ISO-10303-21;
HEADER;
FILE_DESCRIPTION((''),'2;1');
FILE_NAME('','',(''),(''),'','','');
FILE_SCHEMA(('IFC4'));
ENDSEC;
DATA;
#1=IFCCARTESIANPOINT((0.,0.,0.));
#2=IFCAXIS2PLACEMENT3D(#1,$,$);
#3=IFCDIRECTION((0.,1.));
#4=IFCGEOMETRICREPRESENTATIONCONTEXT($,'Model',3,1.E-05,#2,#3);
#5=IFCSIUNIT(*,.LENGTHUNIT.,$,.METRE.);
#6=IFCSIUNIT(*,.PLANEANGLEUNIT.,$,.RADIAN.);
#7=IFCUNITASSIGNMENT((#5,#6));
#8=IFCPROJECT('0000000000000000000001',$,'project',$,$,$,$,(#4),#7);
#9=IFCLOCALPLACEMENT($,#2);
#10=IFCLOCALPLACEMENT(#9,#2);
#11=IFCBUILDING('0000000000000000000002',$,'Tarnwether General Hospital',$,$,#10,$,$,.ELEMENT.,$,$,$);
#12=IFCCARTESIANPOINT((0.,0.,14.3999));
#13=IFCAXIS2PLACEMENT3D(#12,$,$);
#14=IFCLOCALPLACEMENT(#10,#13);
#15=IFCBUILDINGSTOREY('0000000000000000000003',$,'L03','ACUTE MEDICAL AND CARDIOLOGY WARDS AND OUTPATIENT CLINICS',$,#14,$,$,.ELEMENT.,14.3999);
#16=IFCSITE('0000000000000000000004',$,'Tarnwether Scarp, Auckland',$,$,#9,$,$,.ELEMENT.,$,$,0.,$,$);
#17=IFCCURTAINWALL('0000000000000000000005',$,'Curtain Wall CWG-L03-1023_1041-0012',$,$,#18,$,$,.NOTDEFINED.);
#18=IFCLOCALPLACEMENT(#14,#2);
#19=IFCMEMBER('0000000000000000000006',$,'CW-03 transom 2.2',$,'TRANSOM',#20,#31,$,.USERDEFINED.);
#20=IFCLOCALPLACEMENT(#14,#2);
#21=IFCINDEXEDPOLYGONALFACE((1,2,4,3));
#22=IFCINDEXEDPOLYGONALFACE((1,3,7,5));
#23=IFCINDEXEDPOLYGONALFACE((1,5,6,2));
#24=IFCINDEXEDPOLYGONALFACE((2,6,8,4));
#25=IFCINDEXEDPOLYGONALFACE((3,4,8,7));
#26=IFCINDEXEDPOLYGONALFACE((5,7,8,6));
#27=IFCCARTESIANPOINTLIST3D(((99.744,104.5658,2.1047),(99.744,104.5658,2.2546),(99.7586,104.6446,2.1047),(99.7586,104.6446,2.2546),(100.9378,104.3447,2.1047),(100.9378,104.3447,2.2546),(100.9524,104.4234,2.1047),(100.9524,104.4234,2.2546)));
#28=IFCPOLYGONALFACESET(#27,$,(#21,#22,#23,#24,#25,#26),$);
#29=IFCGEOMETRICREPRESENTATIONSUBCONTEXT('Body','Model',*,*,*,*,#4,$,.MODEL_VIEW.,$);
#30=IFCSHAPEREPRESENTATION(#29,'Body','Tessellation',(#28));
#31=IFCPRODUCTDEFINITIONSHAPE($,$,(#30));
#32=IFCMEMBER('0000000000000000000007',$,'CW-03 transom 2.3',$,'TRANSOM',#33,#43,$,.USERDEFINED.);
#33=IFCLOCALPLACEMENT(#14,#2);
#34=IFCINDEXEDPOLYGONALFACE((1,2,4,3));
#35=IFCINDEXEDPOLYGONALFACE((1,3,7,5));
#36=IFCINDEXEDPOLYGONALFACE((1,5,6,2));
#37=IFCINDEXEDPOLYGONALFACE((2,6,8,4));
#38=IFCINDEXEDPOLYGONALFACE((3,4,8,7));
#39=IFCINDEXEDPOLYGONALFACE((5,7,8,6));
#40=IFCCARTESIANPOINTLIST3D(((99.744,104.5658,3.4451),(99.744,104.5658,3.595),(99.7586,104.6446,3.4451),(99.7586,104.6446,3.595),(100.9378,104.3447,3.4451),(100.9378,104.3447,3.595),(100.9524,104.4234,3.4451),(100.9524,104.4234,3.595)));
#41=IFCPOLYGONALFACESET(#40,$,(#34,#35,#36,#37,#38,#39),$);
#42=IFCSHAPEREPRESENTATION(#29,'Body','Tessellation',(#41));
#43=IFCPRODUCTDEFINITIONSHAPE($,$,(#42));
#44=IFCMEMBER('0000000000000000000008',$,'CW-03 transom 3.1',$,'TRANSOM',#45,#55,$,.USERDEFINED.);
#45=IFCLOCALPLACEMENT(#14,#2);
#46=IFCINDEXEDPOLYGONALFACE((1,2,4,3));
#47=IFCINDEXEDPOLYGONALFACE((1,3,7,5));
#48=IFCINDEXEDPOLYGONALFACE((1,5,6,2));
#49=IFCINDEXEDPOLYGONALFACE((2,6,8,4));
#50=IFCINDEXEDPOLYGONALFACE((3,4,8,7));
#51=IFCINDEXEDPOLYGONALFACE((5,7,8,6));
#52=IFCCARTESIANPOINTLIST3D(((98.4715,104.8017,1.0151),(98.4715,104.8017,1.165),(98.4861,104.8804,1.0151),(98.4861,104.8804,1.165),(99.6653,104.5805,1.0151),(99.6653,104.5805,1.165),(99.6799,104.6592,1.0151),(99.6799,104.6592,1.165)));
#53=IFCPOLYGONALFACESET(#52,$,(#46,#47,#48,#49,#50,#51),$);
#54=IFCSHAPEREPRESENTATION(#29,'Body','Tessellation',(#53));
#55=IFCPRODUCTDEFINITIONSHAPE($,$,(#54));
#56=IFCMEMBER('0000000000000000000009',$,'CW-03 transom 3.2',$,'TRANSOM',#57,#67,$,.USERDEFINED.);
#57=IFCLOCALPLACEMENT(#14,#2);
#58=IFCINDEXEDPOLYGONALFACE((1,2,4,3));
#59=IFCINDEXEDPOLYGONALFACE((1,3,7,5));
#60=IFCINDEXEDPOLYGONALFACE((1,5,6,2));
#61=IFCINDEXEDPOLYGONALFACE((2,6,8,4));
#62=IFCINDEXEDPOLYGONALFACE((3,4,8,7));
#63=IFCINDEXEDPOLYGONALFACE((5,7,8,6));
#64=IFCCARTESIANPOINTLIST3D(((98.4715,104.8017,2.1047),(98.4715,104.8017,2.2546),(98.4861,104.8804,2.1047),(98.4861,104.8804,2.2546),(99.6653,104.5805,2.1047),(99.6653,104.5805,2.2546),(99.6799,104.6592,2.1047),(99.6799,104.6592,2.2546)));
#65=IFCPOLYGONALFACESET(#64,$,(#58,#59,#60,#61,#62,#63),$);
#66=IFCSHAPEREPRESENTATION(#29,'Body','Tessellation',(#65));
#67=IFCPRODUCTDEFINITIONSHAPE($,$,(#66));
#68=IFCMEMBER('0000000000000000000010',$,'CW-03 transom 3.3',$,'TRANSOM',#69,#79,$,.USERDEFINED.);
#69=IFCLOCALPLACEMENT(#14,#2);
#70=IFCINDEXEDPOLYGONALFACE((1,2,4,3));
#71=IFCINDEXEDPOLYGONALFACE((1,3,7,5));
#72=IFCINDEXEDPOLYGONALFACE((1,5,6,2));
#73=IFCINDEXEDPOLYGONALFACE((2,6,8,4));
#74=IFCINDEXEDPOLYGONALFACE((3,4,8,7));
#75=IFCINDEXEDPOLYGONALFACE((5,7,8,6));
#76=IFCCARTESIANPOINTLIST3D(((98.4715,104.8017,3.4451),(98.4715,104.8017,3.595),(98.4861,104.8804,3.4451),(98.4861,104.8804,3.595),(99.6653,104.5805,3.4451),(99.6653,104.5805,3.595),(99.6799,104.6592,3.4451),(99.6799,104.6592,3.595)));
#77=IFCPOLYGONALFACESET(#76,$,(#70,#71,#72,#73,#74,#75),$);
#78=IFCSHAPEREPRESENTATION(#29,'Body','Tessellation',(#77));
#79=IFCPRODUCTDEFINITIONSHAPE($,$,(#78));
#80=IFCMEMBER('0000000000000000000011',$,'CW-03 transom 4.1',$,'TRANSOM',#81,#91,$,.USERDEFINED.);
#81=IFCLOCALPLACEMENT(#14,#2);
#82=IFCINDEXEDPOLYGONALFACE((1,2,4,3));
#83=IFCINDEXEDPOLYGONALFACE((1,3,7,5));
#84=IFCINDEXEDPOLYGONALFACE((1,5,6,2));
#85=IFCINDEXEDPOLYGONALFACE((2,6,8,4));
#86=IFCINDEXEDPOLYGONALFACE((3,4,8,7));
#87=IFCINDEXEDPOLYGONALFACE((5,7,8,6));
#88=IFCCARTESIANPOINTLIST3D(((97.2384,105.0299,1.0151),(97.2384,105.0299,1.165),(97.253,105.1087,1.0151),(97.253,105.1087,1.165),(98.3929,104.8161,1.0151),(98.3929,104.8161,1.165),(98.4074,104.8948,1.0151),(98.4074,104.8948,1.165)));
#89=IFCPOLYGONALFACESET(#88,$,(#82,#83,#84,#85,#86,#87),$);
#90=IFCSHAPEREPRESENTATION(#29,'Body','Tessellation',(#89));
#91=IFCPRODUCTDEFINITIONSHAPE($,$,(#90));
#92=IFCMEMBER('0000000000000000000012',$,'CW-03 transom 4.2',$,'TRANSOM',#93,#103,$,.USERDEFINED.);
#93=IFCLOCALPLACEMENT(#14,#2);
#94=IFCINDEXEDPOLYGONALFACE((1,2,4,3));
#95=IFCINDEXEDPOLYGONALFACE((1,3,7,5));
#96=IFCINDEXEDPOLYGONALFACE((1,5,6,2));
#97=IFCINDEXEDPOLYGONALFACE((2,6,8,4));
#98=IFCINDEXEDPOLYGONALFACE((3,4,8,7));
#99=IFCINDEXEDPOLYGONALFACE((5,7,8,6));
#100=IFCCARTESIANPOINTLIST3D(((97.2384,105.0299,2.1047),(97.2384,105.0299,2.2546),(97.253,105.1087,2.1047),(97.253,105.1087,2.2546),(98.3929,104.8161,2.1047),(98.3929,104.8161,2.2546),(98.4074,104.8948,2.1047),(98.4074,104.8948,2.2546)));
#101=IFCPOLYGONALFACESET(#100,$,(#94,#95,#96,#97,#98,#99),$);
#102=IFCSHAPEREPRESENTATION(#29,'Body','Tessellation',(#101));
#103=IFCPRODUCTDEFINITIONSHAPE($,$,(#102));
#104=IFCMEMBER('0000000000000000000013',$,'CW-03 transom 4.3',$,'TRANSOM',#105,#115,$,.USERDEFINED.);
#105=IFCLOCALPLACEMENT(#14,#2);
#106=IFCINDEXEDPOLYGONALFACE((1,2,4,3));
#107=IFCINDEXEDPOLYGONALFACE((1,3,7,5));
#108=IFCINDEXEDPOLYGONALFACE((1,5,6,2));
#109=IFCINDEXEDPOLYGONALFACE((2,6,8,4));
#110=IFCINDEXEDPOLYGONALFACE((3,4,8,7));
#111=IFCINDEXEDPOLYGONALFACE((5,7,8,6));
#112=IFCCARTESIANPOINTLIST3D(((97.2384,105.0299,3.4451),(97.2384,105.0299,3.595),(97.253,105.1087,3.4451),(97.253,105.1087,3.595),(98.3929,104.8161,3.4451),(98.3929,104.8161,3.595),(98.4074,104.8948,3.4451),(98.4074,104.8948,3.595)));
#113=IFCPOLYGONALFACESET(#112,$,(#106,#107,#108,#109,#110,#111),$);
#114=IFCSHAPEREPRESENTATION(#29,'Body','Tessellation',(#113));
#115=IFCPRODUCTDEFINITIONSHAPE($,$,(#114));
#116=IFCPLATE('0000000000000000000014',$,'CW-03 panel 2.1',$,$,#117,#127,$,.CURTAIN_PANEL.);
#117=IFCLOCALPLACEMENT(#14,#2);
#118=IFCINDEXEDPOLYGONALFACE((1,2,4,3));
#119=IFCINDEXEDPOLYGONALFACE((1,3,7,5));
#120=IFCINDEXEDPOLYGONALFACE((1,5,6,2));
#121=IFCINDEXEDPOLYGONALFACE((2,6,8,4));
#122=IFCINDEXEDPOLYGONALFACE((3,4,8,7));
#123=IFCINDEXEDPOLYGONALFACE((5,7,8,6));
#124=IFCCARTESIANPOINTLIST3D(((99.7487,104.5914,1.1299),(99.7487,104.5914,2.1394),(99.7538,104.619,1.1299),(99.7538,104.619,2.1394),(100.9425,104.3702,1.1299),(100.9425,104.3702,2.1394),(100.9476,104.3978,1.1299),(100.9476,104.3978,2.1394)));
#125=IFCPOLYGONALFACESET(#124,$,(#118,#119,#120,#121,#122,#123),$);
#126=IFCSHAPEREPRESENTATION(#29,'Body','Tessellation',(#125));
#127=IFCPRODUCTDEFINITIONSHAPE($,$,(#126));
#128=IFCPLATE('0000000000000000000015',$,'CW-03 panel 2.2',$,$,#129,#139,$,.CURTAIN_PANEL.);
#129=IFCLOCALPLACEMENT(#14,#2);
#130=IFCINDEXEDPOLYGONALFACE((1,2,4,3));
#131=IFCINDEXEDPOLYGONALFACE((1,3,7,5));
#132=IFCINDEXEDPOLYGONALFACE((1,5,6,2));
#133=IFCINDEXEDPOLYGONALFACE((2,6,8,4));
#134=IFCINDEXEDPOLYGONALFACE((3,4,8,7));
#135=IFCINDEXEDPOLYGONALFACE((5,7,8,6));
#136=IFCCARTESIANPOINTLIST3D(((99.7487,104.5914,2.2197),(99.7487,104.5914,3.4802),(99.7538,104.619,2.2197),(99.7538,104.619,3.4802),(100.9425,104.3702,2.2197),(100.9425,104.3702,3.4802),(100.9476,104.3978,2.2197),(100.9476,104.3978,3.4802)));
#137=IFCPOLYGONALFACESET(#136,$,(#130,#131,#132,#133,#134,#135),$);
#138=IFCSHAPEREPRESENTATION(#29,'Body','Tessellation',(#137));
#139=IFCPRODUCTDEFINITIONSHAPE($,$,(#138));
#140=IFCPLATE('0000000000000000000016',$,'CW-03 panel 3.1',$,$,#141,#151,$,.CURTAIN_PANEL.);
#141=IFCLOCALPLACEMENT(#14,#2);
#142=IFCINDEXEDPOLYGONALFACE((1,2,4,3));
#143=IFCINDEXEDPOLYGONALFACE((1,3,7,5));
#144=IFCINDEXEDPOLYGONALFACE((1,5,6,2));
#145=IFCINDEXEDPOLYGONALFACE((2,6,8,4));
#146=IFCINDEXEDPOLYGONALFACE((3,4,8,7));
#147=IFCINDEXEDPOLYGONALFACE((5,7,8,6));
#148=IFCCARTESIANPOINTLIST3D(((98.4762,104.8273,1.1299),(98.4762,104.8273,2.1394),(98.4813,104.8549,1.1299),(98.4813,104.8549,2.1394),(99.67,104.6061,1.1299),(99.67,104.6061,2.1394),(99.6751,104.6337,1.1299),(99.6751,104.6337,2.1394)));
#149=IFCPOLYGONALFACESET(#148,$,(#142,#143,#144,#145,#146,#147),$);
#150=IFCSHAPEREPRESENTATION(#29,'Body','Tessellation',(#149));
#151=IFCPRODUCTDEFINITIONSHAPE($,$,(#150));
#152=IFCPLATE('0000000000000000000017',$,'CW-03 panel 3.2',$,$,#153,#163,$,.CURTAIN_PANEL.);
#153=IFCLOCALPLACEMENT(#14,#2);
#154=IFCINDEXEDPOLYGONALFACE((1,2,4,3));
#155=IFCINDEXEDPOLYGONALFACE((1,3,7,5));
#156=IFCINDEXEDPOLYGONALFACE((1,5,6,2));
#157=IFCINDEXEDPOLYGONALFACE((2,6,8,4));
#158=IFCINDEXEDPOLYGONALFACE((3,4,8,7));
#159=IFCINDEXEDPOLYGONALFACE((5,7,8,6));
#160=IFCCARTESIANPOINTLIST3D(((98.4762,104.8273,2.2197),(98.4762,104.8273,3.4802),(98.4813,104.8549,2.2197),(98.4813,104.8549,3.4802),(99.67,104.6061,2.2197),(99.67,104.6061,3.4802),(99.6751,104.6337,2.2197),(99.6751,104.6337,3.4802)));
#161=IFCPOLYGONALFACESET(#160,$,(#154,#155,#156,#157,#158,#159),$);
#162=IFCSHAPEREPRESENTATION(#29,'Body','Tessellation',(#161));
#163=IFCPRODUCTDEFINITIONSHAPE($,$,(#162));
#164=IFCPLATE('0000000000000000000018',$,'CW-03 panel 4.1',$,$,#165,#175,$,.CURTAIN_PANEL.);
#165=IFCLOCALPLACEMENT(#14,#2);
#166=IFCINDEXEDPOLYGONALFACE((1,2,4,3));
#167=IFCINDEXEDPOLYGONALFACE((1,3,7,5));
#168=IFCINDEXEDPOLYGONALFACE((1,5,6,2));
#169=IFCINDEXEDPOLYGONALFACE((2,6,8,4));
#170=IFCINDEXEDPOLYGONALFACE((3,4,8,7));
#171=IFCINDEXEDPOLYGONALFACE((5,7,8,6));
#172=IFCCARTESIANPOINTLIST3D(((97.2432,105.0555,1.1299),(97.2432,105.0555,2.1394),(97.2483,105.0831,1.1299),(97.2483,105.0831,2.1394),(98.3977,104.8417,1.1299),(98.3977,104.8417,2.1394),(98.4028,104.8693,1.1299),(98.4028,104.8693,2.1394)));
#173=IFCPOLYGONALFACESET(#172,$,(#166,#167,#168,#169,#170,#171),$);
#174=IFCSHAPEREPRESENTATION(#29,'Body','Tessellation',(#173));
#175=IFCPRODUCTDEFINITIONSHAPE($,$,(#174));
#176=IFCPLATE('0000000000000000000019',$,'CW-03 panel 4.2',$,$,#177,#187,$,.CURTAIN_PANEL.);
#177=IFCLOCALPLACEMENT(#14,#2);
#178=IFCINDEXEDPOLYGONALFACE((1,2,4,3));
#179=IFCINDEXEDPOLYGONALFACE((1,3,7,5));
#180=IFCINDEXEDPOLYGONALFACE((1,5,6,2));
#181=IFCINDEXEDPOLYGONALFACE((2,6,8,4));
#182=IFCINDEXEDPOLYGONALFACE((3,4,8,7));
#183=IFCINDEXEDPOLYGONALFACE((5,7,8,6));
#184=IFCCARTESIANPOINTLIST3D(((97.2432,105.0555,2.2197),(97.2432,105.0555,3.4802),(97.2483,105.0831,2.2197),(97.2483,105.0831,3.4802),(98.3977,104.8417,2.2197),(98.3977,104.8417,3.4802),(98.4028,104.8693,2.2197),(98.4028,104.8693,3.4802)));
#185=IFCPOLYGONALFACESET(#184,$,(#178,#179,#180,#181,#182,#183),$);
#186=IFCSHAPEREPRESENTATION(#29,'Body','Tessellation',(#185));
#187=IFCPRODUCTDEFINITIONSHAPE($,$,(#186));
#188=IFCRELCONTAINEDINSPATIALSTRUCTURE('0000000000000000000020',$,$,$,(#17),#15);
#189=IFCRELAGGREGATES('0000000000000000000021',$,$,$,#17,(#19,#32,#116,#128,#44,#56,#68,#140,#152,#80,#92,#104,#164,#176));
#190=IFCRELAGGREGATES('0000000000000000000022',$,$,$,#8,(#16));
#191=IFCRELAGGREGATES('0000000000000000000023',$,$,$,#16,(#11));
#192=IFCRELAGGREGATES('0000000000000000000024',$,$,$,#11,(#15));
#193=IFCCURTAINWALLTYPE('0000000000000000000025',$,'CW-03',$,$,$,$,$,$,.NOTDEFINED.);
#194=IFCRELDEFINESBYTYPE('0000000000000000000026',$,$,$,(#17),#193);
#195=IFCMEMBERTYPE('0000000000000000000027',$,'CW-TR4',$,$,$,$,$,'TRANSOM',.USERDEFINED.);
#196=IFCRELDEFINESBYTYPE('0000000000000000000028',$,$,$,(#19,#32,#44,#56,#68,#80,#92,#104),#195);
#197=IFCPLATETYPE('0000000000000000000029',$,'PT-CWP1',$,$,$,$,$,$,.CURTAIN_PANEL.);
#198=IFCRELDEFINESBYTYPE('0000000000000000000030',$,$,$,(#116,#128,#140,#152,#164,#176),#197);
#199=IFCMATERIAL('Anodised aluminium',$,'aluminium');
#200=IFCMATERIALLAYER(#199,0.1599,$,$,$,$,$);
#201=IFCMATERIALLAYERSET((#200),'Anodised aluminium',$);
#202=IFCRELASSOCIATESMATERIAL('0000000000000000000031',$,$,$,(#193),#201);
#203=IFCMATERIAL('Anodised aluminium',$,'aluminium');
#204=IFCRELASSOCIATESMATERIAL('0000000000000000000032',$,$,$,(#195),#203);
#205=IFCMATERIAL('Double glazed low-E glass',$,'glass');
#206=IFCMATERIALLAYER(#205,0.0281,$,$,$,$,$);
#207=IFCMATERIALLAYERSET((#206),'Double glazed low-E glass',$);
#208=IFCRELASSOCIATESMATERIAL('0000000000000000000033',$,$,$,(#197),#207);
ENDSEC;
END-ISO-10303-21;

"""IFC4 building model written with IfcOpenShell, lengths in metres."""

from ifc_helpers import new_model, si_unit, direction, frame, origin, origin_2d, place, context, subcontext, project, spatial, rectangle, extrude, material, layer, layer_set, material_profile, profile_set, type_object, element, aggregate, save


model = new_model("IFC4")

# Units and contexts
model_context = context("Model", 3, precision=1e-05, world=origin(), true_north=direction((0.0, 1.0)))
body_context = subcontext(model_context, "Body", "Model", "MODEL_VIEW")
ifc_project = project(units=[si_unit("LENGTHUNIT", "METRE"), si_unit("PLANEANGLEUNIT", "RADIAN")], contexts=[model_context])

# Site, building, storey
site_placement = place(None, origin())
site = spatial("IfcSite", under=ifc_project, at=site_placement, Name="Tarnwether Scarp, Auckland", CompositionType="ELEMENT", RefElevation=0.0)
building_placement = place(site_placement, origin())
building = spatial("IfcBuilding", under=site, at=building_placement, Name="Tarnwether General Hospital", CompositionType="ELEMENT")
storey_placement = place(building_placement, frame((0.0, 0.0, 14.3999)))
storey = spatial("IfcBuildingStorey", under=building, at=storey_placement, Name="L03", Description="ACUTE MEDICAL AND CARDIOLOGY WARDS AND OUTPATIENT CLINICS", CompositionType="ELEMENT", Elevation=14.3999)

# Curtain wall, members, plates
ifc_material_1 = material(Name="Anodised aluminium", Category="aluminium")
ifc_layer_1 = layer(ifc_material_1, 0.1599)
ifc_layer_set_1 = layer_set([ifc_layer_1], Name="Anodised aluminium")
curtain_wall_type = type_object("IfcCurtainWallType", Name="CW-03", PredefinedType="NOTDEFINED", material=ifc_layer_set_1)
curtain_wall_placement = place(storey_placement, origin())
curtain_wall = element("IfcCurtainWall", 1, at=curtain_wall_placement, inside=storey, type_object=curtain_wall_type, Name="Curtain Wall CWG-L03-1023_1041-0012", PredefinedType="NOTDEFINED")
ifc_material_2 = material(Name="Anodised aluminium", Category="aluminium")
ifc_material_profile_1 = material_profile(ifc_material_2, rectangle(XDim=0.0801, YDim=0.1499, at=origin_2d()), Name="ALU-TRN-80x150")
ifc_profile_set_1 = profile_set([ifc_material_profile_1], Name="Anodised aluminium")
member_type_1 = type_object("IfcMemberType", Name="CW-TR4", ElementType="TRANSOM", PredefinedType="USERDEFINED", material=ifc_profile_set_1)
member_1_placement = place(storey_placement, frame((100.9451, 104.384, 2.1797), z_axis=(-0.983266, 0.182176, 0.0), x_axis=(-0.182176, -0.983266, 0.0)))
member_1 = element("IfcMember", 2, at=member_1_placement, type_object=member_type_1, Name="CW-03 transom 2.2", ObjectType="TRANSOM", PredefinedType="USERDEFINED", context=body_context, shape_type="SweptSolid", body=[
    extrude(rectangle(XDim=0.0801, YDim=0.1499, at=origin_2d()), origin(), (0.0, 0.0, 1.0), 1.2141),
])
member_2_placement = place(storey_placement, frame((100.9451, 104.384, 3.52), z_axis=(-0.983266, 0.182176, 0.0), x_axis=(-0.182176, -0.983266, 0.0)))
member_2 = element("IfcMember", 3, at=member_2_placement, type_object=member_type_1, Name="CW-03 transom 2.3", ObjectType="TRANSOM", PredefinedType="USERDEFINED", context=body_context, shape_type="SweptSolid", body=[
    extrude(rectangle(XDim=0.0801, YDim=0.1499, at=origin_2d()), origin(), (0.0, 0.0, 1.0), 1.2141),
])
member_3_placement = place(storey_placement, frame((99.6726, 104.6199, 1.0901), z_axis=(-0.983266, 0.182176, 0.0), x_axis=(-0.182176, -0.983266, 0.0)))
member_3 = element("IfcMember", 4, at=member_3_placement, type_object=member_type_1, Name="CW-03 transom 3.1", ObjectType="TRANSOM", PredefinedType="USERDEFINED", context=body_context, shape_type="SweptSolid", body=[
    extrude(rectangle(XDim=0.0801, YDim=0.1499, at=origin_2d()), origin(), (0.0, 0.0, 1.0), 1.2141),
])
member_4_placement = place(storey_placement, frame((99.6726, 104.6199, 2.1797), z_axis=(-0.983266, 0.182176, 0.0), x_axis=(-0.182176, -0.983266, 0.0)))
member_4 = element("IfcMember", 5, at=member_4_placement, type_object=member_type_1, Name="CW-03 transom 3.2", ObjectType="TRANSOM", PredefinedType="USERDEFINED", context=body_context, shape_type="SweptSolid", body=[
    extrude(rectangle(XDim=0.0801, YDim=0.1499, at=origin_2d()), origin(), (0.0, 0.0, 1.0), 1.2141),
])
member_5_placement = place(storey_placement, frame((99.6726, 104.6199, 3.52), z_axis=(-0.983266, 0.182176, 0.0), x_axis=(-0.182176, -0.983266, 0.0)))
member_5 = element("IfcMember", 6, at=member_5_placement, type_object=member_type_1, Name="CW-03 transom 3.3", ObjectType="TRANSOM", PredefinedType="USERDEFINED", context=body_context, shape_type="SweptSolid", body=[
    extrude(rectangle(XDim=0.0801, YDim=0.1499, at=origin_2d()), origin(), (0.0, 0.0, 1.0), 1.2141),
])
member_6_placement = place(storey_placement, frame((98.4001, 104.8555, 1.0901), z_axis=(-0.983272, 0.182141, 0.0), x_axis=(-0.182141, -0.983272, 0.0)))
member_6 = element("IfcMember", 7, at=member_6_placement, type_object=member_type_1, Name="CW-03 transom 4.1", ObjectType="TRANSOM", PredefinedType="USERDEFINED", context=body_context, shape_type="SweptSolid", body=[
    extrude(rectangle(XDim=0.0801, YDim=0.1499, at=origin_2d()), origin(), (0.0, 0.0, 1.0), 1.1741),
])
member_7_placement = place(storey_placement, frame((98.4001, 104.8555, 2.1797), z_axis=(-0.983272, 0.182141, 0.0), x_axis=(-0.182141, -0.983272, 0.0)))
member_7 = element("IfcMember", 8, at=member_7_placement, type_object=member_type_1, Name="CW-03 transom 4.2", ObjectType="TRANSOM", PredefinedType="USERDEFINED", context=body_context, shape_type="SweptSolid", body=[
    extrude(rectangle(XDim=0.0801, YDim=0.1499, at=origin_2d()), origin(), (0.0, 0.0, 1.0), 1.1741),
])
member_8_placement = place(storey_placement, frame((98.4001, 104.8555, 3.52), z_axis=(-0.983272, 0.182141, 0.0), x_axis=(-0.182141, -0.983272, 0.0)))
member_8 = element("IfcMember", 9, at=member_8_placement, type_object=member_type_1, Name="CW-03 transom 4.3", ObjectType="TRANSOM", PredefinedType="USERDEFINED", context=body_context, shape_type="SweptSolid", body=[
    extrude(rectangle(XDim=0.0801, YDim=0.1499, at=origin_2d()), origin(), (0.0, 0.0, 1.0), 1.1741),
])
ifc_material_3 = material(Name="Double glazed low-E glass", Category="glass")
ifc_layer_2 = layer(ifc_material_3, 0.0281)
ifc_layer_set_2 = layer_set([ifc_layer_2], Name="Double glazed low-E glass")
plate_type_1 = type_object("IfcPlateType", Name="PT-CWP1", PredefinedType="CURTAIN_PANEL", material=ifc_layer_set_2)
plate_1_placement = place(storey_placement, frame((100.3481, 104.4946, 1.1299), z_axis=(0.0, 0.0, 1.0), x_axis=(-0.983268, 0.182165, 0.0)))
plate_1 = element("IfcPlate", 10, at=plate_1_placement, type_object=plate_type_1, Name="CW-03 panel 2.1", PredefinedType="CURTAIN_PANEL", context=body_context, shape_type="SweptSolid", body=[
    extrude(rectangle(XDim=1.2141, YDim=0.0281, at=origin_2d()), origin(), (0.0, 0.0, 1.0), 1.0095),
])
plate_2_placement = place(storey_placement, frame((100.3481, 104.4946, 2.2197), z_axis=(0.0, 0.0, 1.0), x_axis=(-0.983268, 0.182165, 0.0)))
plate_2 = element("IfcPlate", 11, at=plate_2_placement, type_object=plate_type_1, Name="CW-03 panel 2.2", PredefinedType="CURTAIN_PANEL", context=body_context, shape_type="SweptSolid", body=[
    extrude(rectangle(XDim=1.2141, YDim=0.0281, at=origin_2d()), origin(), (0.0, 0.0, 1.0), 1.2605),
])
plate_3_placement = place(storey_placement, frame((99.0757, 104.7305, 1.1299), z_axis=(0.0, 0.0, 1.0), x_axis=(-0.983268, 0.182165, 0.0)))
plate_3 = element("IfcPlate", 12, at=plate_3_placement, type_object=plate_type_1, Name="CW-03 panel 3.1", PredefinedType="CURTAIN_PANEL", context=body_context, shape_type="SweptSolid", body=[
    extrude(rectangle(XDim=1.2141, YDim=0.0281, at=origin_2d()), origin(), (0.0, 0.0, 1.0), 1.0095),
])
plate_4_placement = place(storey_placement, frame((99.0757, 104.7305, 2.2197), z_axis=(0.0, 0.0, 1.0), x_axis=(-0.983268, 0.182165, 0.0)))
plate_4 = element("IfcPlate", 13, at=plate_4_placement, type_object=plate_type_1, Name="CW-03 panel 3.2", PredefinedType="CURTAIN_PANEL", context=body_context, shape_type="SweptSolid", body=[
    extrude(rectangle(XDim=1.2141, YDim=0.0281, at=origin_2d()), origin(), (0.0, 0.0, 1.0), 1.2605),
])
plate_5_placement = place(storey_placement, frame((97.823, 104.9624, 1.1299), z_axis=(0.0, 0.0, 1.0), x_axis=(-0.983268, 0.182165, 0.0)))
plate_5 = element("IfcPlate", 14, at=plate_5_placement, type_object=plate_type_1, Name="CW-03 panel 4.1", PredefinedType="CURTAIN_PANEL", context=body_context, shape_type="SweptSolid", body=[
    extrude(rectangle(XDim=1.1741, YDim=0.0281, at=origin_2d()), origin(), (0.0, 0.0, 1.0), 1.0095),
])
plate_6_placement = place(storey_placement, frame((97.823, 104.9624, 2.2197), z_axis=(0.0, 0.0, 1.0), x_axis=(-0.983268, 0.182165, 0.0)))
plate_6 = element("IfcPlate", 15, at=plate_6_placement, type_object=plate_type_1, Name="CW-03 panel 4.2", PredefinedType="CURTAIN_PANEL", context=body_context, shape_type="SweptSolid", body=[
    extrude(rectangle(XDim=1.1741, YDim=0.0281, at=origin_2d()), origin(), (0.0, 0.0, 1.0), 1.2605),
])
aggregate(curtain_wall, [member_1, member_2, plate_1, plate_2, member_3, member_4, member_5, plate_3, plate_4, member_6, member_7, member_8, plate_5, plate_6])

save(model, "model.ifc")
